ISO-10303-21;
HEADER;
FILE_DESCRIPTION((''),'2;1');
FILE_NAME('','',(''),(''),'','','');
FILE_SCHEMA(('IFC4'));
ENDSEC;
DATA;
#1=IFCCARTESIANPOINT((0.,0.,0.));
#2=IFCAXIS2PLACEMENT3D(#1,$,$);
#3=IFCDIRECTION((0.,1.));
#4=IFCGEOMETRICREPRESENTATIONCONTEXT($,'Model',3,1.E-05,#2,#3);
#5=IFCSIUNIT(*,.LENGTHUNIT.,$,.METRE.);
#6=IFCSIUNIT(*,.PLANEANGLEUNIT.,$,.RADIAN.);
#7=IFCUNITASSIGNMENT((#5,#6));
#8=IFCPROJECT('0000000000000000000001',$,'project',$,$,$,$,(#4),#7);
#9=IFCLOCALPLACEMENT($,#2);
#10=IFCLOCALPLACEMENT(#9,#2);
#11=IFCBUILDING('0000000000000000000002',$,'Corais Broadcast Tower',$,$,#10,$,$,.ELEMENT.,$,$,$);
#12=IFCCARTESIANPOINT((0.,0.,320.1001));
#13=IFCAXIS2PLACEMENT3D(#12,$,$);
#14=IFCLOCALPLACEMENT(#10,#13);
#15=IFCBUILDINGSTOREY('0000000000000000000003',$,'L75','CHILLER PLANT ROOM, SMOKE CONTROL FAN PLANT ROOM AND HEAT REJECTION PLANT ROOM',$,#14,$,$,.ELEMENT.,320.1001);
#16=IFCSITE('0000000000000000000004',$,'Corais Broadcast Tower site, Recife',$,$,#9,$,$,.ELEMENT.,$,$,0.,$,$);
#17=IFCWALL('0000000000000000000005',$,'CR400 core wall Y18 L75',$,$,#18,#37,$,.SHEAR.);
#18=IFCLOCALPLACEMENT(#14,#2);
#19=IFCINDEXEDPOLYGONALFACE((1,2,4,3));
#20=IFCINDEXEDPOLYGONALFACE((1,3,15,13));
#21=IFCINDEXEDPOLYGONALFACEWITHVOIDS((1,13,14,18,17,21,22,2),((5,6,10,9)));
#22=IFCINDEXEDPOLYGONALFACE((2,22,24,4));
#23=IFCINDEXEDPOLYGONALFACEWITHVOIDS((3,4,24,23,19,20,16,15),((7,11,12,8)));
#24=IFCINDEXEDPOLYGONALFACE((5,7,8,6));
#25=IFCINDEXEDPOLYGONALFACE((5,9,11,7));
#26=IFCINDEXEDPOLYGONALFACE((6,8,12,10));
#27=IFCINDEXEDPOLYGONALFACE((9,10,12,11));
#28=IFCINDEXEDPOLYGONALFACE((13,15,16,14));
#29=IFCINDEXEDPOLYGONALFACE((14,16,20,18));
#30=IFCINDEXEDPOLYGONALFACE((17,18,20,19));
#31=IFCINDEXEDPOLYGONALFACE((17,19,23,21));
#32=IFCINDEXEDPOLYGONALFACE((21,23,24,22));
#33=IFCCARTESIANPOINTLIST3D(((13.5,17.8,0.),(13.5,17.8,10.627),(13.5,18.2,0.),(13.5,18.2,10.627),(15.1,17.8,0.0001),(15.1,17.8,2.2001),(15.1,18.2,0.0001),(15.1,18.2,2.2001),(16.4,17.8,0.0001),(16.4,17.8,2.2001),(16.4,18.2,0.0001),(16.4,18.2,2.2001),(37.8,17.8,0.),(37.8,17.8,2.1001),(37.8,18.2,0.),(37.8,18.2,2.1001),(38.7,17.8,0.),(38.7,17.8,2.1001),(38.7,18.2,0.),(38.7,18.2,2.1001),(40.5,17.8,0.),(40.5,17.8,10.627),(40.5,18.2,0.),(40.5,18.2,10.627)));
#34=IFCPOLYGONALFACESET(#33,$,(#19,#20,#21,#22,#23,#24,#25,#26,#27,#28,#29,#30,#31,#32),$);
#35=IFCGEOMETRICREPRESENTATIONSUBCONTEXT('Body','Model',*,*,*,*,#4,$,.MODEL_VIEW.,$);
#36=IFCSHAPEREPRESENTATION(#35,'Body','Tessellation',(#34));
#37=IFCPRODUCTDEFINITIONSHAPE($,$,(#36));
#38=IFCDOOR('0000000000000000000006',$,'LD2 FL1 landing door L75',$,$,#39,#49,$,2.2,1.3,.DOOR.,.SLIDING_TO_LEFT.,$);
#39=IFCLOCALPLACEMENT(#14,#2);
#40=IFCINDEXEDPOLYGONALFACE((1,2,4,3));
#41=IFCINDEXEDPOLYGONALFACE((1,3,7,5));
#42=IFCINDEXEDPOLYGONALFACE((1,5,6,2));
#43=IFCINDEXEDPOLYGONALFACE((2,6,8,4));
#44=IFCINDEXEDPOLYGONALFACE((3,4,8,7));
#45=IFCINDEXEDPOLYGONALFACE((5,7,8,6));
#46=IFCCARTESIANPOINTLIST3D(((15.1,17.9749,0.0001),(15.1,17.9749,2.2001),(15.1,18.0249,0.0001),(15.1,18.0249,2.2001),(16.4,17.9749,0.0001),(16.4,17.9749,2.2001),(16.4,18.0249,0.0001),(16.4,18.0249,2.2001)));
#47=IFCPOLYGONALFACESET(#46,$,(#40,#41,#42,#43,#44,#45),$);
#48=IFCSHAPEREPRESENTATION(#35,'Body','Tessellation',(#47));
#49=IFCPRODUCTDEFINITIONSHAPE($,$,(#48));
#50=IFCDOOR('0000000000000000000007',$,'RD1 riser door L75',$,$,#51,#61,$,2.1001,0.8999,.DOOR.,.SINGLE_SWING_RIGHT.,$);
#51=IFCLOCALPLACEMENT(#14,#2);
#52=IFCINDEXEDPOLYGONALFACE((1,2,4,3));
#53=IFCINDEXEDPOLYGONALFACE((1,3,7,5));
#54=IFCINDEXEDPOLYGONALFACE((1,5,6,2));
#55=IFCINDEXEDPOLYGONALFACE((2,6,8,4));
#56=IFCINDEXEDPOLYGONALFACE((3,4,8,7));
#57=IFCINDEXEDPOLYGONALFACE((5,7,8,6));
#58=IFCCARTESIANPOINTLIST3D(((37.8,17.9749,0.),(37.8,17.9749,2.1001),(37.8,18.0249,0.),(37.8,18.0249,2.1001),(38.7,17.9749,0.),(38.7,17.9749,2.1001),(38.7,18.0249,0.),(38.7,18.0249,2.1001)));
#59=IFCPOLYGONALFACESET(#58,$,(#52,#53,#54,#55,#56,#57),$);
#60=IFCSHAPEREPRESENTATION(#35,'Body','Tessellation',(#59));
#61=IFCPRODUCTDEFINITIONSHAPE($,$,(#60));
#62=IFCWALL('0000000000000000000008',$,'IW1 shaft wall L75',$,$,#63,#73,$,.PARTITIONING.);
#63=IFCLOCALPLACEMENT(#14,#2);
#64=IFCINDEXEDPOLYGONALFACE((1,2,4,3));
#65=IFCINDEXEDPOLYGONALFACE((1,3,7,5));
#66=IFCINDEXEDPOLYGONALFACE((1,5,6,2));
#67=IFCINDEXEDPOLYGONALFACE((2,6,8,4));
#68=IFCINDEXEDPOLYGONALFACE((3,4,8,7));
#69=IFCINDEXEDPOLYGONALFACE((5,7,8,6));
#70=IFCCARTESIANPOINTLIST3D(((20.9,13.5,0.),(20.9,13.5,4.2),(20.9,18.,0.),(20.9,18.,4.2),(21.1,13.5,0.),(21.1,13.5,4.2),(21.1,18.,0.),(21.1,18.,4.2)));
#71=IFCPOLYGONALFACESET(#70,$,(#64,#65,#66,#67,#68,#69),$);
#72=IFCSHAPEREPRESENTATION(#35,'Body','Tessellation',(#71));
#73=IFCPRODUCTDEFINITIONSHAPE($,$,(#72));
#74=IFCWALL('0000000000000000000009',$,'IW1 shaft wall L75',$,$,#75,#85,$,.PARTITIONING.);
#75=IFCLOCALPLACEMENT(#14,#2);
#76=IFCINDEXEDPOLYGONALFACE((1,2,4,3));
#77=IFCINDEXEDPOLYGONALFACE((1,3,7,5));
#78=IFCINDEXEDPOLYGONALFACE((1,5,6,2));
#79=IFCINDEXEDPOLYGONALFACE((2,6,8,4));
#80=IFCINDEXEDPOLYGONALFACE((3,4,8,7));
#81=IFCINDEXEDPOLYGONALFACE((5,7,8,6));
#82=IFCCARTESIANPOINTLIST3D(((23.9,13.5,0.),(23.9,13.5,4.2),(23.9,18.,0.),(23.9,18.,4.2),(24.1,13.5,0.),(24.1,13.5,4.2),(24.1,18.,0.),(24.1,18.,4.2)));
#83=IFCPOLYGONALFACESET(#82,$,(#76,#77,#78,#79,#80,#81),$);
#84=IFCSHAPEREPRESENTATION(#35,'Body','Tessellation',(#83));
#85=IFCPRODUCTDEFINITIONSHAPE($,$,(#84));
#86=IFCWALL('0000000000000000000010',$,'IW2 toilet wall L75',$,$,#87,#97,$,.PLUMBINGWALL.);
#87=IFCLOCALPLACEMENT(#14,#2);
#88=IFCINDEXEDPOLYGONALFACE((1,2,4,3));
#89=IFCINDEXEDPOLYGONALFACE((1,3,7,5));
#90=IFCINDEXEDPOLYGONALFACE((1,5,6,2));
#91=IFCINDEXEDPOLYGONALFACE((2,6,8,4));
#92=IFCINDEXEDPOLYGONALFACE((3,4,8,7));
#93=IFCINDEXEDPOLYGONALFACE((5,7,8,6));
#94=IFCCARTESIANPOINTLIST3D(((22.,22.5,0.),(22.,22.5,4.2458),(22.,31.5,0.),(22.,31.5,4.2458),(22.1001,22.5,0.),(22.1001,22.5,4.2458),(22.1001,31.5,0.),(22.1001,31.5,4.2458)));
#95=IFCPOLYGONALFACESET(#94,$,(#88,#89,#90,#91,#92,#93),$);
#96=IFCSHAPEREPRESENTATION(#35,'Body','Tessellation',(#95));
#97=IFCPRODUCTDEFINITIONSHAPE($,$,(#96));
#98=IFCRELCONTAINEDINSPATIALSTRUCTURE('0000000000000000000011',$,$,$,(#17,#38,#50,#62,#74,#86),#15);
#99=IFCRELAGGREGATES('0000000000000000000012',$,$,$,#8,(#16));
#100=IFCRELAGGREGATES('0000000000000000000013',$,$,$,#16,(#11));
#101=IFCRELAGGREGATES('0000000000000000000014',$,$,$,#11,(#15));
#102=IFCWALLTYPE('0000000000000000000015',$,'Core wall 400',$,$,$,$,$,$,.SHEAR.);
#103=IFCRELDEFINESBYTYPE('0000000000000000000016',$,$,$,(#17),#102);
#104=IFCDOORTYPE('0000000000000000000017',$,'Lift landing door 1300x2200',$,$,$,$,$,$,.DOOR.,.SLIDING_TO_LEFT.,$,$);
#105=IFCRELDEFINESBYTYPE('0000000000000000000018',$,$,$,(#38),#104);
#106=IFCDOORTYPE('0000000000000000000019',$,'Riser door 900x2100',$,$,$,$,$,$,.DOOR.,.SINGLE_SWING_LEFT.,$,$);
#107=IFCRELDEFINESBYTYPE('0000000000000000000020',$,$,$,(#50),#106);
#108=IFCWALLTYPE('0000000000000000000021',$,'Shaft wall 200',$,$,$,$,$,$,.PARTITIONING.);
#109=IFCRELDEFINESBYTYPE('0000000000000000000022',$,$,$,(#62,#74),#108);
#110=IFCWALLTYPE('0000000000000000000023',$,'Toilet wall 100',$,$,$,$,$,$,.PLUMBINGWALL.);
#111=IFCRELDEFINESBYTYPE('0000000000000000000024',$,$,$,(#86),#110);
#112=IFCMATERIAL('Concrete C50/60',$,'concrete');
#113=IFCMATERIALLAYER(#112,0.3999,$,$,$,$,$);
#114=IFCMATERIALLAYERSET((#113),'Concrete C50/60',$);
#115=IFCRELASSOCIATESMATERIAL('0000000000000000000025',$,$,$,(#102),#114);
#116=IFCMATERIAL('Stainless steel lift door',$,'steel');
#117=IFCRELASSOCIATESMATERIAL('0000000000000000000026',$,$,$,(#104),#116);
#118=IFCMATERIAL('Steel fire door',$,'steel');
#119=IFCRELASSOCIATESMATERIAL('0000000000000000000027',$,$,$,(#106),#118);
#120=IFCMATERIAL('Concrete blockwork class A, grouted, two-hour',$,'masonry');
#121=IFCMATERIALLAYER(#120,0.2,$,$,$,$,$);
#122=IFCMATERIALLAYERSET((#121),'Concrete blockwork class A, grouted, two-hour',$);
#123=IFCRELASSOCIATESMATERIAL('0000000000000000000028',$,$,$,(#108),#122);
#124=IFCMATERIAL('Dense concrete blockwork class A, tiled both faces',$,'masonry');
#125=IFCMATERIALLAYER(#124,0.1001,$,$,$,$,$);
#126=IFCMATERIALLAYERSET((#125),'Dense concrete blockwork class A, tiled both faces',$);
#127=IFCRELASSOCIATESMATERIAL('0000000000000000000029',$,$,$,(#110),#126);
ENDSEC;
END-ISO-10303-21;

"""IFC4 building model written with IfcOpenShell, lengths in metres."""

from ifc_helpers import new_model, si_unit, direction, frame, frame_2d, origin, place, context, subcontext, project, spatial, rectangle, extrude, material, layer, layer_set, type_object, element, fill, save


model = new_model("IFC4")

# Units and contexts
model_context = context("Model", 3, precision=1e-05, world=origin(), true_north=direction((0.0, 1.0)))
body_context = subcontext(model_context, "Body", "Model", "MODEL_VIEW")
ifc_project = project(units=[si_unit("LENGTHUNIT", "METRE"), si_unit("PLANEANGLEUNIT", "RADIAN")], contexts=[model_context])

# Site, building, storey
site_placement = place(None, origin())
site = spatial("IfcSite", under=ifc_project, at=site_placement, Name="Corais Broadcast Tower site, Recife", CompositionType="ELEMENT", RefElevation=0.0)
building_placement = place(site_placement, origin())
building = spatial("IfcBuilding", under=site, at=building_placement, Name="Corais Broadcast Tower", CompositionType="ELEMENT")
storey_placement = place(building_placement, frame((0.0, 0.0, 320.1001)))
storey = spatial("IfcBuildingStorey", under=building, at=storey_placement, Name="L75", Description="CHILLER PLANT ROOM, SMOKE CONTROL FAN PLANT ROOM AND HEAT REJECTION PLANT ROOM", CompositionType="ELEMENT", Elevation=320.1001)

# Shared definitions
ifc_material_1 = material(Name="Concrete C50/60", Category="concrete")
ifc_layer_1 = layer(ifc_material_1, 0.3999)
ifc_layer_set_1 = layer_set([ifc_layer_1], Name="Concrete C50/60")
wall_type_1 = type_object("IfcWallType", Name="Core wall 400", PredefinedType="SHEAR", material=ifc_layer_set_1)

# Wall, openings, doors
wall_1_placement = place(storey_placement, frame((13.5, 18.0, 0.0), z_axis=(0.0, 0.0, 1.0), x_axis=(1.0, 0.0, 0.0)))
wall_1 = element("IfcWall", 1, at=wall_1_placement, inside=storey, type_object=wall_type_1, Name="CR400 core wall Y18 L75", PredefinedType="SHEAR", context=body_context, shape_type="SweptSolid", body=[
    extrude(rectangle(XDim=27.0, YDim=0.3999, at=frame_2d((13.5, 0.0))), origin(), (0.0, 0.0, 1.0), 10.627),
])
opening_1_placement = place(wall_1_placement, frame((24.3, 0.0, 0.0)))
opening_1 = element("IfcOpeningElement", 2, at=opening_1_placement, cuts=wall_1, PredefinedType="OPENING", context=body_context, shape_type="SweptSolid", body=[
    extrude(rectangle(XDim=0.8999, YDim=2.1001, at=frame_2d((0.45, 1.05))), frame((0.0, 0.21, 0.0), z_axis=(0.0, -1.0, 0.0), x_axis=(1.0, 0.0, 0.0)), (0.0, 0.0, 1.0), 0.4199),
])
opening_2_placement = place(wall_1_placement, frame((1.6001, 0.0, 0.0)))
opening_2 = element("IfcOpeningElement", 3, at=opening_2_placement, cuts=wall_1, PredefinedType="OPENING", context=body_context, shape_type="SweptSolid", body=[
    extrude(rectangle(XDim=1.3, YDim=2.2, at=frame_2d((0.6499, 1.1001))), frame((0.0, 0.21, 0.0), z_axis=(0.0, -1.0, 0.0), x_axis=(1.0, 0.0, 0.0)), (0.0, 0.0, 1.0), 0.4199),
])
ifc_material_2 = material(Name="Stainless steel lift door", Category="steel")
door_type_1 = type_object("IfcDoorType", Name="Lift landing door 1300x2200", OperationType="SLIDING_TO_LEFT", PredefinedType="DOOR", material=ifc_material_2)
door_1_placement = place(opening_2_placement, origin())
door_1 = element("IfcDoor", 4, at=door_1_placement, inside=storey, type_object=door_type_1, Name="LD2 FL1 landing door L75", OperationType="SLIDING_TO_LEFT", OverallHeight=2.2, OverallWidth=1.3, PredefinedType="DOOR", context=body_context, shape_type="SweptSolid", body=[
    extrude(rectangle(XDim=1.3, YDim=2.2, at=frame_2d((0.6499, 1.1001))), frame((0.0, 0.0249, 0.0), z_axis=(0.0, -1.0, 0.0), x_axis=(1.0, 0.0, 0.0)), (0.0, 0.0, 1.0), 0.05),
])
fill(opening_2, door_1)
ifc_material_3 = material(Name="Steel fire door", Category="steel")
door_type_2 = type_object("IfcDoorType", Name="Riser door 900x2100", OperationType="SINGLE_SWING_LEFT", PredefinedType="DOOR", material=ifc_material_3)
door_2_placement = place(opening_1_placement, origin())
door_2 = element("IfcDoor", 5, at=door_2_placement, inside=storey, type_object=door_type_2, Name="RD1 riser door L75", OperationType="SINGLE_SWING_RIGHT", OverallHeight=2.1001, OverallWidth=0.8999, PredefinedType="DOOR", context=body_context, shape_type="SweptSolid", body=[
    extrude(rectangle(XDim=0.8999, YDim=2.1001, at=frame_2d((0.45, 1.05))), frame((0.0, 0.0249, 0.0), z_axis=(0.0, -1.0, 0.0), x_axis=(1.0, 0.0, 0.0)), (0.0, 0.0, 1.0), 0.05),
])
fill(opening_1, door_2)

# Walls
ifc_material_4 = material(Name="Concrete blockwork class A, grouted, two-hour", Category="masonry")
ifc_layer_2 = layer(ifc_material_4, 0.2)
ifc_layer_set_2 = layer_set([ifc_layer_2], Name="Concrete blockwork class A, grouted, two-hour")
wall_type_2 = type_object("IfcWallType", Name="Shaft wall 200", PredefinedType="PARTITIONING", material=ifc_layer_set_2)
for number, where, z_axis, x_axis, name in (
    (6, (21.0, 13.5, 0.0), (0.0, 0.0, 1.0), (0.0, 1.0, 0.0), "IW1 shaft wall L75"),
    (7, (24.0, 13.5, 0.0), (0.0, 0.0, 1.0), (0.0, 1.0, 0.0), "IW1 shaft wall L75"),
):
    element("IfcWall", number, at=place(storey_placement, frame(where, z_axis=z_axis, x_axis=x_axis)), inside=storey, type_object=wall_type_2, Name=name, PredefinedType="PARTITIONING", context=body_context, shape_type="SweptSolid", body=[
        extrude(rectangle(XDim=4.5, YDim=0.2, at=frame_2d((2.25, 0.0))), origin(), (0.0, 0.0, 1.0), 4.2),
    ])
ifc_material_5 = material(Name="Dense concrete blockwork class A, tiled both faces", Category="masonry")
ifc_layer_3 = layer(ifc_material_5, 0.1001)
ifc_layer_set_3 = layer_set([ifc_layer_3], Name="Dense concrete blockwork class A, tiled both faces")
wall_type_3 = type_object("IfcWallType", Name="Toilet wall 100", PredefinedType="PLUMBINGWALL", material=ifc_layer_set_3)
wall_2_placement = place(storey_placement, frame((22.05, 22.5, 0.0), z_axis=(0.0, 0.0, 1.0), x_axis=(0.0, 1.0, 0.0)))
element("IfcWall", 8, at=wall_2_placement, inside=storey, type_object=wall_type_3, Name="IW2 toilet wall L75", PredefinedType="PLUMBINGWALL", context=body_context, shape_type="SweptSolid", body=[
    extrude(rectangle(XDim=9.0, YDim=0.1001, at=frame_2d((4.5, 0.0))), origin(), (0.0, 0.0, 1.0), 4.2458),
])

save(model, "model.ifc")
